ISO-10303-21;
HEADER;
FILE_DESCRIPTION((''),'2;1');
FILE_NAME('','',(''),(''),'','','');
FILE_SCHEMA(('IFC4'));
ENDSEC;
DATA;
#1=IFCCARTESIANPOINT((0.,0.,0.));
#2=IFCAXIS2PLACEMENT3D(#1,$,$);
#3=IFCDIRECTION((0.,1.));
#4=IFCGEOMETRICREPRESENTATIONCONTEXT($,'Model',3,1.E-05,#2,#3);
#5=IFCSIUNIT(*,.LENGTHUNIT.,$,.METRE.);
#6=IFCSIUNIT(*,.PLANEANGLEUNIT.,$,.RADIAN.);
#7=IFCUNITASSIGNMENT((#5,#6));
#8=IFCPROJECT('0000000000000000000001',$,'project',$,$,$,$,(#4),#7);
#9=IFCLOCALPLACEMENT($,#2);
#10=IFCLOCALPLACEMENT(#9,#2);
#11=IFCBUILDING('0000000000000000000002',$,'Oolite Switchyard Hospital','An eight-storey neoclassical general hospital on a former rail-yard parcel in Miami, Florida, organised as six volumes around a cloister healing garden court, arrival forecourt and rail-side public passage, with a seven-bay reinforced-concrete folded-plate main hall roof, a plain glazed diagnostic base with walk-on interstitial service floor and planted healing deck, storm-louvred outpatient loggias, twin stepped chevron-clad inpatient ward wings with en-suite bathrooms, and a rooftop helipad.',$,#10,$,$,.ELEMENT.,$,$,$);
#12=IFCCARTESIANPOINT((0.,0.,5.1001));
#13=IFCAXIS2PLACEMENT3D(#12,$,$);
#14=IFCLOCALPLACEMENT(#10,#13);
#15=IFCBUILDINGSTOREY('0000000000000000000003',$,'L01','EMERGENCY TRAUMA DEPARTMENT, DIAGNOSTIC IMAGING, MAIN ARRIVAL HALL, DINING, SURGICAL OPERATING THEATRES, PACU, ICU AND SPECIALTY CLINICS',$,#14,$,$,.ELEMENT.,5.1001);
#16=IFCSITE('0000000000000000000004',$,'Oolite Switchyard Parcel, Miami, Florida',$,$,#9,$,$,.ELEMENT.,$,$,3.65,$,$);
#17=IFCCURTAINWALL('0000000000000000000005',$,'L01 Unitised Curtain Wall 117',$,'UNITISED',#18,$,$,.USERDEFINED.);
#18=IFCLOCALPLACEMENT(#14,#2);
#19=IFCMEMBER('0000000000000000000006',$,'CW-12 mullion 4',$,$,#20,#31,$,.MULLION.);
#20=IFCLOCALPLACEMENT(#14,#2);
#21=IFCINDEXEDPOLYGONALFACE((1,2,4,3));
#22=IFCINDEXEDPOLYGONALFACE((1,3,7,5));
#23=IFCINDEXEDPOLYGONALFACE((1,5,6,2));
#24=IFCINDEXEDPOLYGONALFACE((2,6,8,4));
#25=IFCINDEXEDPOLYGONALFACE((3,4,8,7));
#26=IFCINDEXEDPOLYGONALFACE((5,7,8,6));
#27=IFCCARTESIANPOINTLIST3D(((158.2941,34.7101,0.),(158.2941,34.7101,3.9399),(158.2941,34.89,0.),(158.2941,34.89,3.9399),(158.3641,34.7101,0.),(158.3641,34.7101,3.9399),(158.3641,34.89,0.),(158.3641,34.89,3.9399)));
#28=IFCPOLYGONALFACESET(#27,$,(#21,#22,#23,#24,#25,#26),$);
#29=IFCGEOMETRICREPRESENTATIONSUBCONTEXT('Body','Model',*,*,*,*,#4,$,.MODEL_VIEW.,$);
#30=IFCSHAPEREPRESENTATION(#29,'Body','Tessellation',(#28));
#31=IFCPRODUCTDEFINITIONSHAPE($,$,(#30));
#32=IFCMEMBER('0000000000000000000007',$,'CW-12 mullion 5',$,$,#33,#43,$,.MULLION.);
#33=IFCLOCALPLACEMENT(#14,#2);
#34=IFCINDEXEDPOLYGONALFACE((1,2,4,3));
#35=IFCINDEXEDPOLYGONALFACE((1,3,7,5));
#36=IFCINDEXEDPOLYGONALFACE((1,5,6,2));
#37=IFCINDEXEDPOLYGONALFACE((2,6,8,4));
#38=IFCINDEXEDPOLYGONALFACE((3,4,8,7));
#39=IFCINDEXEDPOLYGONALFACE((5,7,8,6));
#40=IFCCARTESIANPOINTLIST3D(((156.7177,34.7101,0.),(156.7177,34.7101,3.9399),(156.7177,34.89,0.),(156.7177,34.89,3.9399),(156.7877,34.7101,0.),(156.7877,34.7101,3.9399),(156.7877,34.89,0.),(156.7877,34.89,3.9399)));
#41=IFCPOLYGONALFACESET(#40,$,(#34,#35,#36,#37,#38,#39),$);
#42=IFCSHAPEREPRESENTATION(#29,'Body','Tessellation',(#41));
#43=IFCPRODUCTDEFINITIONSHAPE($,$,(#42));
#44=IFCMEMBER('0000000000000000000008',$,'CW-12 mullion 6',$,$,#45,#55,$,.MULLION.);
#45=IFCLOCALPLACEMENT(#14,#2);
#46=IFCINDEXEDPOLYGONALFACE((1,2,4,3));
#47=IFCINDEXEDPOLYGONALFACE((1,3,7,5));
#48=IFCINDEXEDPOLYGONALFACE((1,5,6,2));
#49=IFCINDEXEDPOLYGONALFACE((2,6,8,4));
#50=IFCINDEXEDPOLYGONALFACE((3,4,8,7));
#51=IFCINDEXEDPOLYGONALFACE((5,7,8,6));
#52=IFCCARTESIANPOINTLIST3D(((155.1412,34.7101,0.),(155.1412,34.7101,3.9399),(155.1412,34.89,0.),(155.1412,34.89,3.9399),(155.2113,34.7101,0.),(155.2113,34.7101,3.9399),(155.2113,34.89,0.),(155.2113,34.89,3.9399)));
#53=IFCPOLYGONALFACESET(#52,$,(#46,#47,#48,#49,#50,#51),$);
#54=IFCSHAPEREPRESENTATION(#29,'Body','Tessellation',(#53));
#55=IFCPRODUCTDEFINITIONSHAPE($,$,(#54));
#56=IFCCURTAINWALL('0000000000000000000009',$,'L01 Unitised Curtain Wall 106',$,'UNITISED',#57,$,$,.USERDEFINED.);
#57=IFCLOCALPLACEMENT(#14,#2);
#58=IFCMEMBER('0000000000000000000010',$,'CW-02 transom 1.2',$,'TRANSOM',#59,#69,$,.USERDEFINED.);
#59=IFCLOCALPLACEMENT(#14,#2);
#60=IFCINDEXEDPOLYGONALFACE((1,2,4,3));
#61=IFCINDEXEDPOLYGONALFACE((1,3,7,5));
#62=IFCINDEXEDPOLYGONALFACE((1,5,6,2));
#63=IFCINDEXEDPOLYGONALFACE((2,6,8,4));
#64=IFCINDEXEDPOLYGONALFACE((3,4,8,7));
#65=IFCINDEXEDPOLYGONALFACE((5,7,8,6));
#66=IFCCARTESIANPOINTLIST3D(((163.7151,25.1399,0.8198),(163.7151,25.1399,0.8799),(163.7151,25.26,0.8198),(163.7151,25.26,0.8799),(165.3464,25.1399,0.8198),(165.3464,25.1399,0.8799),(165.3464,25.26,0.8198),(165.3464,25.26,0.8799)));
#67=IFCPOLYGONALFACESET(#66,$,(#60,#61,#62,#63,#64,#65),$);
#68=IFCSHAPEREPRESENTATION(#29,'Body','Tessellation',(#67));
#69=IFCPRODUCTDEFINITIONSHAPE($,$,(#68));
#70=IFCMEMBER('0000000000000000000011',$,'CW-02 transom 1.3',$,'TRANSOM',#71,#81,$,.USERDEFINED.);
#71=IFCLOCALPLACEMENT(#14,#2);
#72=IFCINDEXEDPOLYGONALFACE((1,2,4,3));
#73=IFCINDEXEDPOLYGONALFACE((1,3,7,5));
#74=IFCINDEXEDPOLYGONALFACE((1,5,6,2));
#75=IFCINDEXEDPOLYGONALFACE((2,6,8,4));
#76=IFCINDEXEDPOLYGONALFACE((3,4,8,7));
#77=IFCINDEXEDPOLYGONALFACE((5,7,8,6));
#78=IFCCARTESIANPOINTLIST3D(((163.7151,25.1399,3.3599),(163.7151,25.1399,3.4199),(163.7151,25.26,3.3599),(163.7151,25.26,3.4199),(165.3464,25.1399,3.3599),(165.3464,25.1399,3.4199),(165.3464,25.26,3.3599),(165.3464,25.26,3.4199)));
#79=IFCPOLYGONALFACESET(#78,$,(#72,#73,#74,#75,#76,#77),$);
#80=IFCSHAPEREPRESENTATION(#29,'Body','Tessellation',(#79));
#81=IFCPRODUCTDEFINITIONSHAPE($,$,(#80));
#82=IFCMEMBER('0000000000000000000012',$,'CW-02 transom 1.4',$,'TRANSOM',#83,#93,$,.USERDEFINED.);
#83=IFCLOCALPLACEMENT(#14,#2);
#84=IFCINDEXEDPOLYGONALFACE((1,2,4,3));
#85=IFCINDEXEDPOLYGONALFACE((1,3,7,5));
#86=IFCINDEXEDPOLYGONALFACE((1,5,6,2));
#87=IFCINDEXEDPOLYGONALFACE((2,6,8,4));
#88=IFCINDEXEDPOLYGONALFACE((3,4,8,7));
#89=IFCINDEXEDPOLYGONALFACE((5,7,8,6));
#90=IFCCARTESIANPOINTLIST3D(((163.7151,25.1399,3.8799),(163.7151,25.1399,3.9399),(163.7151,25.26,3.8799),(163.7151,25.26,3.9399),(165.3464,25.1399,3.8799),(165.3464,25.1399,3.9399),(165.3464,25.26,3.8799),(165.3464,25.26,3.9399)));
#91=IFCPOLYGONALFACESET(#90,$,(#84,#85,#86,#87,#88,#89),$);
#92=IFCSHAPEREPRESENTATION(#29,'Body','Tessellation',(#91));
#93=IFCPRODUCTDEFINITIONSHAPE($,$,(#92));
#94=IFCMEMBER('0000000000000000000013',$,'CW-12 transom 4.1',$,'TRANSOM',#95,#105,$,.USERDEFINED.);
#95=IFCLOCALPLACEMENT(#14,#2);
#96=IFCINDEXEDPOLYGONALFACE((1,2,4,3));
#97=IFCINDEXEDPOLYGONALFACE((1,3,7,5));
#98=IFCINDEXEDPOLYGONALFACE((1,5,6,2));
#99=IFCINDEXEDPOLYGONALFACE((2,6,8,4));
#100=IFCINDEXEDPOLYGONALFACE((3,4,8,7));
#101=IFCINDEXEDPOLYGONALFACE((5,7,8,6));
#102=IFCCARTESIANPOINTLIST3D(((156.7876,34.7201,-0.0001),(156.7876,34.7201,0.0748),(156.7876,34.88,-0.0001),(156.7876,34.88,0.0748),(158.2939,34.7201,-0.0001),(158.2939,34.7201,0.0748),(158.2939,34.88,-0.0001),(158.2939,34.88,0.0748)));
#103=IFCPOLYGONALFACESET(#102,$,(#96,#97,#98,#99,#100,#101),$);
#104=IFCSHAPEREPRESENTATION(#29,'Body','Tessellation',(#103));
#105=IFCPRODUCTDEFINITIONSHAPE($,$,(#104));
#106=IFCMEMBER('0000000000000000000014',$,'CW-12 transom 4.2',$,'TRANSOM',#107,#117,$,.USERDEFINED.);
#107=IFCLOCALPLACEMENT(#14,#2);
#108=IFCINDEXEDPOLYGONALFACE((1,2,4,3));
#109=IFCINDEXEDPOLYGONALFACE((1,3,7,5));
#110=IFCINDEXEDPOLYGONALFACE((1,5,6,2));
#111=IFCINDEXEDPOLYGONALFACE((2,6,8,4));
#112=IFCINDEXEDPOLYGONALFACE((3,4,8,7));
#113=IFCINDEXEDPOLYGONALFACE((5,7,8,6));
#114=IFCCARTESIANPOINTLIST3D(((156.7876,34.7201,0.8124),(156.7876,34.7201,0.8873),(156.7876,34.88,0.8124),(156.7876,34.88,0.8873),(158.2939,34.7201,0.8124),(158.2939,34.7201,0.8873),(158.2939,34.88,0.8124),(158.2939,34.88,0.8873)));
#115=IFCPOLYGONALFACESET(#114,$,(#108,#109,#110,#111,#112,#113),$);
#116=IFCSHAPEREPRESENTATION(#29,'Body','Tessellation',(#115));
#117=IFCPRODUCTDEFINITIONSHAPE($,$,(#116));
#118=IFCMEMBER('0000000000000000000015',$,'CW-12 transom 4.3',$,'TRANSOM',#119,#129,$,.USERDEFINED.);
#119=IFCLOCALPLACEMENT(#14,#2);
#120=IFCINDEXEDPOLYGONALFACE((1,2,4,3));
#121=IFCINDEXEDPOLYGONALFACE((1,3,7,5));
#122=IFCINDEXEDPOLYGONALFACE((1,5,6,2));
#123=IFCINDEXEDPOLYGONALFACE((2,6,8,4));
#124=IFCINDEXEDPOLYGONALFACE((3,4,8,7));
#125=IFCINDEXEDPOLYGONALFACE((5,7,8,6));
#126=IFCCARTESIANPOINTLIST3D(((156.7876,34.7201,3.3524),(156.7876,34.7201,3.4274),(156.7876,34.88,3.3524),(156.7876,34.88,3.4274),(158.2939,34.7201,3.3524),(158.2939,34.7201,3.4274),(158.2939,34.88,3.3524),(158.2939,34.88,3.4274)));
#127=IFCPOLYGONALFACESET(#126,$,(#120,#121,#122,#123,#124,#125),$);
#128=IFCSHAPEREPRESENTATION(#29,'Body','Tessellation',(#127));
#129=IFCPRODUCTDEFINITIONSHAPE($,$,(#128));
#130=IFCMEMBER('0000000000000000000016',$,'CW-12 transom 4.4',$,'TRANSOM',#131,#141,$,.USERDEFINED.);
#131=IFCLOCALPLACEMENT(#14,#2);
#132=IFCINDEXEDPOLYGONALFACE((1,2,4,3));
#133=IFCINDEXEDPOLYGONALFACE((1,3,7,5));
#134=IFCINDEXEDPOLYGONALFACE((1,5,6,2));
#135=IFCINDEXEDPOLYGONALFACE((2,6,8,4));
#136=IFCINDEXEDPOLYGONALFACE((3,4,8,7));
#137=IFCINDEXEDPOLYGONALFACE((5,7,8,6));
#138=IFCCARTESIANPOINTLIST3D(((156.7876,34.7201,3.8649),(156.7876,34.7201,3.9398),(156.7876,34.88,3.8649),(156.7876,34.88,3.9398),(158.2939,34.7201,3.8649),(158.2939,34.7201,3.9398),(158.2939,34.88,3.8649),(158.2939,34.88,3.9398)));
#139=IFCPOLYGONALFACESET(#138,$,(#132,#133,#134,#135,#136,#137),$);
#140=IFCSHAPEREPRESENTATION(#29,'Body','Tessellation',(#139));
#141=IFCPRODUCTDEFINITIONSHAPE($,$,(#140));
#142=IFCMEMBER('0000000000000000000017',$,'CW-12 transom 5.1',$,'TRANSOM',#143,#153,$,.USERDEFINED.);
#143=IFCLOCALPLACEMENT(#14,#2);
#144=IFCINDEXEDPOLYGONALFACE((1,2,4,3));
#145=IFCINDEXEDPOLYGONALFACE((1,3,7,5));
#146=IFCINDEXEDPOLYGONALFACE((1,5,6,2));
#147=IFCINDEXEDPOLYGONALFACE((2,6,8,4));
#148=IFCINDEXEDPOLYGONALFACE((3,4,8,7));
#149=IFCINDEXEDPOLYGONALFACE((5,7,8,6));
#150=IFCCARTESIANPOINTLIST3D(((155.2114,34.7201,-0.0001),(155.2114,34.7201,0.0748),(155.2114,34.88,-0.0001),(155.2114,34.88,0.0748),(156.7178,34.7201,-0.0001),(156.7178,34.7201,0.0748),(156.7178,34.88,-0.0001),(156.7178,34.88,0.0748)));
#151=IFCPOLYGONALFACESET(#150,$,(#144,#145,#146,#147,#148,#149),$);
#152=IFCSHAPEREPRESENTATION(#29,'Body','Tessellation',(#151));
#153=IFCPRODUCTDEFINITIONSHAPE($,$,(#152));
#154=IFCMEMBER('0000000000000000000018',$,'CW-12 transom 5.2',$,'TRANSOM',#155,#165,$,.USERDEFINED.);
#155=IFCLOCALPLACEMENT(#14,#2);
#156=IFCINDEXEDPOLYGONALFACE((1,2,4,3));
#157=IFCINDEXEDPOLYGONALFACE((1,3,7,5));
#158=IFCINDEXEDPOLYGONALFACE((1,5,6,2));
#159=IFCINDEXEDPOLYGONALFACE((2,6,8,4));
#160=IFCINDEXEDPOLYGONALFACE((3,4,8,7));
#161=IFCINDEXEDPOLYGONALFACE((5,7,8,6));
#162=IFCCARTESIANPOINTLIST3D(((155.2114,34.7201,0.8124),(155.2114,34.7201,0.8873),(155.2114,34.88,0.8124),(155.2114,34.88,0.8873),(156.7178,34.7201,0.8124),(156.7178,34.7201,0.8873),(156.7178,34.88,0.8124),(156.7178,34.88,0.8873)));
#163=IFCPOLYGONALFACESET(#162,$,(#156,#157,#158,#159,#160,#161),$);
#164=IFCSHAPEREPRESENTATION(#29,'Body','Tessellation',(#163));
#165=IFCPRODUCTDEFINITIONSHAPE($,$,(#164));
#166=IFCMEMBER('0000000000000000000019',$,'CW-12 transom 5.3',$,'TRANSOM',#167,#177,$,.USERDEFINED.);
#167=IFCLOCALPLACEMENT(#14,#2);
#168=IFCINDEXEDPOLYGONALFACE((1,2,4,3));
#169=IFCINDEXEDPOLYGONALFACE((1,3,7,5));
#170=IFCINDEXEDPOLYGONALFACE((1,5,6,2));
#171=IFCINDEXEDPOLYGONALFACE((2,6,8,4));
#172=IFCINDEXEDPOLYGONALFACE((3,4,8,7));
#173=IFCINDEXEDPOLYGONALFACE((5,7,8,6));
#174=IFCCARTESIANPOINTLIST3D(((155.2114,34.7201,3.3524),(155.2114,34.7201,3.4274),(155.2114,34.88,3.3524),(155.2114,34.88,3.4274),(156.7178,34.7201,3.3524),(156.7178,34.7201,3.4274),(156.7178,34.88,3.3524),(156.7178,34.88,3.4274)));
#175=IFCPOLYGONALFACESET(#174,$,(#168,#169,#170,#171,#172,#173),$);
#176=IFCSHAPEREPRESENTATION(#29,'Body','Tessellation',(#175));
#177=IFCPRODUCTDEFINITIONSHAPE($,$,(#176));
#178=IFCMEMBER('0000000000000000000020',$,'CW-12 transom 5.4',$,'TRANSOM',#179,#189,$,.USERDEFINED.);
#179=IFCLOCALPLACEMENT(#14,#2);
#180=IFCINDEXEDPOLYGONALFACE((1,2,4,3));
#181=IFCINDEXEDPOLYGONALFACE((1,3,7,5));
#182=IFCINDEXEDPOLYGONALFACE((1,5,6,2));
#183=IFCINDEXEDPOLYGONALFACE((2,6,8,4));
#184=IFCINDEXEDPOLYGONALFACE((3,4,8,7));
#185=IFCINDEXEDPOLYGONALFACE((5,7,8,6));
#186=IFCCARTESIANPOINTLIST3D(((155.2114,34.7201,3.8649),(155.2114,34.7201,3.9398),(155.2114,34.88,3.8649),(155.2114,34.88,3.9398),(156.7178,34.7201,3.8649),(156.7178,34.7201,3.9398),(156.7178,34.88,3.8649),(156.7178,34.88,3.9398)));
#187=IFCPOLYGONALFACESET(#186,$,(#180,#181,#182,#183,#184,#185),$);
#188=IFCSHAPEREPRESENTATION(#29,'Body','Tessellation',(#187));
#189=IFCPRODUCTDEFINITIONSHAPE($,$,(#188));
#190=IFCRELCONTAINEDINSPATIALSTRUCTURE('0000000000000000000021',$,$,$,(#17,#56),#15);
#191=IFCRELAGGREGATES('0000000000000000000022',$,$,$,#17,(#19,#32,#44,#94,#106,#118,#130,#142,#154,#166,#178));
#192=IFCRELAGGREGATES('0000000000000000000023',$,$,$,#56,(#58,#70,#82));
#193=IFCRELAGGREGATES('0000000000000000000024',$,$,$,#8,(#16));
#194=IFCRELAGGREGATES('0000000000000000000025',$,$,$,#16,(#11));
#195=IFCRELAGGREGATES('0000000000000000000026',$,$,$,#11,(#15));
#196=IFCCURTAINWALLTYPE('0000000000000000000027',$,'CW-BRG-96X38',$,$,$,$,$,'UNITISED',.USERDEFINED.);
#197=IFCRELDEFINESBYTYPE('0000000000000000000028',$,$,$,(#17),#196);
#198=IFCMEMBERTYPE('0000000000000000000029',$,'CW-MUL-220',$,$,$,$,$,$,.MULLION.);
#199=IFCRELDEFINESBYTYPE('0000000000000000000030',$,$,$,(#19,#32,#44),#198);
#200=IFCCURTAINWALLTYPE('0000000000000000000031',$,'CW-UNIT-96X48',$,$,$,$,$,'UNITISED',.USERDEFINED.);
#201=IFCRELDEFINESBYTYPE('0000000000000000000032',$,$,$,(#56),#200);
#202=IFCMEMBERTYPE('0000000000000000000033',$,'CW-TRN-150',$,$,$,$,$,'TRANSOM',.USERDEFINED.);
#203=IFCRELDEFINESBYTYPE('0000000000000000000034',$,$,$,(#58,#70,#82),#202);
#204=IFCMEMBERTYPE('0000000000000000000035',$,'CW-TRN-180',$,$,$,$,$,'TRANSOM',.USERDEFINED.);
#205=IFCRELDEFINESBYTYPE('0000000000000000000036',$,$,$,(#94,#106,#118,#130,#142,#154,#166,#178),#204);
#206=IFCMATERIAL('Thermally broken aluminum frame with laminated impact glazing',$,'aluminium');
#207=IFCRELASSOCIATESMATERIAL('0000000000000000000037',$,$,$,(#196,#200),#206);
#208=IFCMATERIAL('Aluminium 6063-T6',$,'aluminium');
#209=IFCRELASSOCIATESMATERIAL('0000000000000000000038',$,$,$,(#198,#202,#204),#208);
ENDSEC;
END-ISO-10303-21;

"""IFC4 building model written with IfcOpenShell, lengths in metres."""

from ifc_helpers import new_model, si_unit, direction, frame, origin, origin_2d, place, context, subcontext, project, spatial, rectangle, extrude, material, material_profile, profile_set, type_object, element, aggregate, save


model = new_model("IFC4")

# Units and contexts
model_context = context("Model", 3, precision=1e-05, world=origin(), true_north=direction((0.0, 1.0)))
body_context = subcontext(model_context, "Body", "Model", "MODEL_VIEW")
ifc_project = project(units=[si_unit("LENGTHUNIT", "METRE"), si_unit("PLANEANGLEUNIT", "RADIAN")], contexts=[model_context])

# Site, building, storey
site_placement = place(None, origin())
site = spatial("IfcSite", under=ifc_project, at=site_placement, Name="Oolite Switchyard Parcel, Miami, Florida", CompositionType="ELEMENT", RefElevation=3.65)
building_placement = place(site_placement, origin())
building = spatial("IfcBuilding", under=site, at=building_placement, Name="Oolite Switchyard Hospital", Description="An eight-storey neoclassical general hospital on a former rail-yard parcel in Miami, Florida, organised as six volumes around a cloister healing garden court, arrival forecourt and rail-side public passage, with a seven-bay reinforced-concrete folded-plate main hall roof, a plain glazed diagnostic base with walk-on interstitial service floor and planted healing deck, storm-louvred outpatient loggias, twin stepped chevron-clad inpatient ward wings with en-suite bathrooms, and a rooftop helipad.", CompositionType="ELEMENT")
storey_placement = place(building_placement, frame((0.0, 0.0, 5.1001)))
storey = spatial("IfcBuildingStorey", under=building, at=storey_placement, Name="L01", Description="EMERGENCY TRAUMA DEPARTMENT, DIAGNOSTIC IMAGING, MAIN ARRIVAL HALL, DINING, SURGICAL OPERATING THEATRES, PACU, ICU AND SPECIALTY CLINICS", CompositionType="ELEMENT", Elevation=5.1001)

# Curtain walls, members
ifc_material_1 = material(Name="Thermally broken aluminum frame with laminated impact glazing", Category="aluminium")
curtain_wall_type_1 = type_object("IfcCurtainWallType", Name="CW-BRG-96X38", ElementType="UNITISED", PredefinedType="USERDEFINED", material=ifc_material_1)
curtain_wall_1_placement = place(storey_placement, origin())
curtain_wall_1 = element("IfcCurtainWall", 1, at=curtain_wall_1_placement, inside=storey, type_object=curtain_wall_type_1, Name="L01 Unitised Curtain Wall 117", ObjectType="UNITISED", PredefinedType="USERDEFINED")
ifc_material_2 = material(Name="Aluminium 6063-T6", Category="aluminium")
ifc_material_profile_1 = material_profile(ifc_material_2, rectangle(XDim=0.1799, YDim=0.0701, at=origin_2d()), Name="CWM70X180")
ifc_profile_set_1 = profile_set([ifc_material_profile_1], Name="Aluminium 6063-T6")
member_type_1 = type_object("IfcMemberType", Name="CW-MUL-220", PredefinedType="MULLION", material=ifc_profile_set_1)
member_1_placement = place(storey_placement, frame((158.3291, 34.8, 0.0), z_axis=(0.0, 0.0, 1.0), x_axis=(0.0, -1.0, 0.0)))
member_1 = element("IfcMember", 2, at=member_1_placement, type_object=member_type_1, Name="CW-12 mullion 4", PredefinedType="MULLION", context=body_context, shape_type="SweptSolid", body=[
    extrude(rectangle(XDim=0.1799, YDim=0.0701, at=origin_2d()), origin(), (0.0, 0.0, 1.0), 3.9399),
])
member_2_placement = place(storey_placement, frame((156.7527, 34.8, 0.0), z_axis=(0.0, 0.0, 1.0), x_axis=(0.0, -1.0, 0.0)))
member_2 = element("IfcMember", 3, at=member_2_placement, type_object=member_type_1, Name="CW-12 mullion 5", PredefinedType="MULLION", context=body_context, shape_type="SweptSolid", body=[
    extrude(rectangle(XDim=0.1799, YDim=0.0701, at=origin_2d()), origin(), (0.0, 0.0, 1.0), 3.9399),
])
member_3_placement = place(storey_placement, frame((155.1763, 34.8, 0.0), z_axis=(0.0, 0.0, 1.0), x_axis=(0.0, -1.0, 0.0)))
member_3 = element("IfcMember", 4, at=member_3_placement, type_object=member_type_1, Name="CW-12 mullion 6", PredefinedType="MULLION", context=body_context, shape_type="SweptSolid", body=[
    extrude(rectangle(XDim=0.1799, YDim=0.0701, at=origin_2d()), origin(), (0.0, 0.0, 1.0), 3.9399),
])
curtain_wall_type_2 = type_object("IfcCurtainWallType", Name="CW-UNIT-96X48", ElementType="UNITISED", PredefinedType="USERDEFINED", material=ifc_material_1)
curtain_wall_2_placement = place(storey_placement, origin())
curtain_wall_2 = element("IfcCurtainWall", 5, at=curtain_wall_2_placement, inside=storey, type_object=curtain_wall_type_2, Name="L01 Unitised Curtain Wall 106", ObjectType="UNITISED", PredefinedType="USERDEFINED")
ifc_material_profile_2 = material_profile(ifc_material_2, rectangle(XDim=0.1201, YDim=0.0601, at=origin_2d()), Name="CWT60X120")
ifc_profile_set_2 = profile_set([ifc_material_profile_2], Name="Aluminium 6063-T6")
member_type_2 = type_object("IfcMemberType", Name="CW-TRN-150", ElementType="TRANSOM", PredefinedType="USERDEFINED", material=ifc_profile_set_2)
member_4_placement = place(storey_placement, frame((163.7151, 25.2, 0.8499), z_axis=(1.0, 0.0, 0.0), x_axis=(0.0, 1.0, 0.0)))
member_4 = element("IfcMember", 6, at=member_4_placement, type_object=member_type_2, Name="CW-02 transom 1.2", ObjectType="TRANSOM", PredefinedType="USERDEFINED", context=body_context, shape_type="SweptSolid", body=[
    extrude(rectangle(XDim=0.1201, YDim=0.0601, at=origin_2d()), origin(), (0.0, 0.0, 1.0), 1.6313),
])
member_5_placement = place(storey_placement, frame((163.7151, 25.2, 3.3899), z_axis=(1.0, 0.0, 0.0), x_axis=(0.0, 1.0, 0.0)))
member_5 = element("IfcMember", 7, at=member_5_placement, type_object=member_type_2, Name="CW-02 transom 1.3", ObjectType="TRANSOM", PredefinedType="USERDEFINED", context=body_context, shape_type="SweptSolid", body=[
    extrude(rectangle(XDim=0.1201, YDim=0.0601, at=origin_2d()), origin(), (0.0, 0.0, 1.0), 1.6313),
])
member_6_placement = place(storey_placement, frame((163.7151, 25.2, 3.9099), z_axis=(1.0, 0.0, 0.0), x_axis=(0.0, 1.0, 0.0)))
member_6 = element("IfcMember", 8, at=member_6_placement, type_object=member_type_2, Name="CW-02 transom 1.4", ObjectType="TRANSOM", PredefinedType="USERDEFINED", context=body_context, shape_type="SweptSolid", body=[
    extrude(rectangle(XDim=0.1201, YDim=0.0601, at=origin_2d()), origin(), (0.0, 0.0, 1.0), 1.6313),
])

# Members
ifc_material_profile_3 = material_profile(ifc_material_2, rectangle(XDim=0.1599, YDim=0.075, at=origin_2d()), Name="CWT75X160")
ifc_profile_set_3 = profile_set([ifc_material_profile_3], Name="Aluminium 6063-T6")
member_type_3 = type_object("IfcMemberType", Name="CW-TRN-180", ElementType="TRANSOM", PredefinedType="USERDEFINED", material=ifc_profile_set_3)
member_7_placement = place(storey_placement, frame((158.2939, 34.8, 0.0374), z_axis=(-1.0, 0.0, 0.0), x_axis=(0.0, -1.0, 0.0)))
member_7 = element("IfcMember", 9, at=member_7_placement, type_object=member_type_3, Name="CW-12 transom 4.1", ObjectType="TRANSOM", PredefinedType="USERDEFINED", context=body_context, shape_type="SweptSolid", body=[
    extrude(rectangle(XDim=0.1599, YDim=0.075, at=origin_2d()), origin(), (0.0, 0.0, 1.0), 1.5063),
])
member_8_placement = place(storey_placement, frame((158.2939, 34.8, 0.8499), z_axis=(-1.0, 0.0, 0.0), x_axis=(0.0, -1.0, 0.0)))
member_8 = element("IfcMember", 10, at=member_8_placement, type_object=member_type_3, Name="CW-12 transom 4.2", ObjectType="TRANSOM", PredefinedType="USERDEFINED", context=body_context, shape_type="SweptSolid", body=[
    extrude(rectangle(XDim=0.1599, YDim=0.075, at=origin_2d()), origin(), (0.0, 0.0, 1.0), 1.5063),
])
member_9_placement = place(storey_placement, frame((158.2939, 34.8, 3.3899), z_axis=(-1.0, 0.0, 0.0), x_axis=(0.0, -1.0, 0.0)))
member_9 = element("IfcMember", 11, at=member_9_placement, type_object=member_type_3, Name="CW-12 transom 4.3", ObjectType="TRANSOM", PredefinedType="USERDEFINED", context=body_context, shape_type="SweptSolid", body=[
    extrude(rectangle(XDim=0.1599, YDim=0.075, at=origin_2d()), origin(), (0.0, 0.0, 1.0), 1.5063),
])
member_10_placement = place(storey_placement, frame((158.2939, 34.8, 3.9023), z_axis=(-1.0, 0.0, 0.0), x_axis=(0.0, -1.0, 0.0)))
member_10 = element("IfcMember", 12, at=member_10_placement, type_object=member_type_3, Name="CW-12 transom 4.4", ObjectType="TRANSOM", PredefinedType="USERDEFINED", context=body_context, shape_type="SweptSolid", body=[
    extrude(rectangle(XDim=0.1599, YDim=0.075, at=origin_2d()), origin(), (0.0, 0.0, 1.0), 1.5063),
])
member_11_placement = place(storey_placement, frame((156.7178, 34.8, 0.0374), z_axis=(-1.0, 0.0, 0.0), x_axis=(0.0, -1.0, 0.0)))
member_11 = element("IfcMember", 13, at=member_11_placement, type_object=member_type_3, Name="CW-12 transom 5.1", ObjectType="TRANSOM", PredefinedType="USERDEFINED", context=body_context, shape_type="SweptSolid", body=[
    extrude(rectangle(XDim=0.1599, YDim=0.075, at=origin_2d()), origin(), (0.0, 0.0, 1.0), 1.5063),
])
member_12_placement = place(storey_placement, frame((156.7178, 34.8, 0.8499), z_axis=(-1.0, 0.0, 0.0), x_axis=(0.0, -1.0, 0.0)))
member_12 = element("IfcMember", 14, at=member_12_placement, type_object=member_type_3, Name="CW-12 transom 5.2", ObjectType="TRANSOM", PredefinedType="USERDEFINED", context=body_context, shape_type="SweptSolid", body=[
    extrude(rectangle(XDim=0.1599, YDim=0.075, at=origin_2d()), origin(), (0.0, 0.0, 1.0), 1.5063),
])
member_13_placement = place(storey_placement, frame((156.7178, 34.8, 3.3899), z_axis=(-1.0, 0.0, 0.0), x_axis=(0.0, -1.0, 0.0)))
member_13 = element("IfcMember", 15, at=member_13_placement, type_object=member_type_3, Name="CW-12 transom 5.3", ObjectType="TRANSOM", PredefinedType="USERDEFINED", context=body_context, shape_type="SweptSolid", body=[
    extrude(rectangle(XDim=0.1599, YDim=0.075, at=origin_2d()), origin(), (0.0, 0.0, 1.0), 1.5063),
])
member_14_placement = place(storey_placement, frame((156.7178, 34.8, 3.9023), z_axis=(-1.0, 0.0, 0.0), x_axis=(0.0, -1.0, 0.0)))
member_14 = element("IfcMember", 16, at=member_14_placement, type_object=member_type_3, Name="CW-12 transom 5.4", ObjectType="TRANSOM", PredefinedType="USERDEFINED", context=body_context, shape_type="SweptSolid", body=[
    extrude(rectangle(XDim=0.1599, YDim=0.075, at=origin_2d()), origin(), (0.0, 0.0, 1.0), 1.5063),
])

aggregate(curtain_wall_1, [member_1, member_2, member_3, member_7, member_8, member_9, member_10, member_11, member_12, member_13, member_14])
aggregate(curtain_wall_2, [member_4, member_5, member_6])

save(model, "model.ifc")
